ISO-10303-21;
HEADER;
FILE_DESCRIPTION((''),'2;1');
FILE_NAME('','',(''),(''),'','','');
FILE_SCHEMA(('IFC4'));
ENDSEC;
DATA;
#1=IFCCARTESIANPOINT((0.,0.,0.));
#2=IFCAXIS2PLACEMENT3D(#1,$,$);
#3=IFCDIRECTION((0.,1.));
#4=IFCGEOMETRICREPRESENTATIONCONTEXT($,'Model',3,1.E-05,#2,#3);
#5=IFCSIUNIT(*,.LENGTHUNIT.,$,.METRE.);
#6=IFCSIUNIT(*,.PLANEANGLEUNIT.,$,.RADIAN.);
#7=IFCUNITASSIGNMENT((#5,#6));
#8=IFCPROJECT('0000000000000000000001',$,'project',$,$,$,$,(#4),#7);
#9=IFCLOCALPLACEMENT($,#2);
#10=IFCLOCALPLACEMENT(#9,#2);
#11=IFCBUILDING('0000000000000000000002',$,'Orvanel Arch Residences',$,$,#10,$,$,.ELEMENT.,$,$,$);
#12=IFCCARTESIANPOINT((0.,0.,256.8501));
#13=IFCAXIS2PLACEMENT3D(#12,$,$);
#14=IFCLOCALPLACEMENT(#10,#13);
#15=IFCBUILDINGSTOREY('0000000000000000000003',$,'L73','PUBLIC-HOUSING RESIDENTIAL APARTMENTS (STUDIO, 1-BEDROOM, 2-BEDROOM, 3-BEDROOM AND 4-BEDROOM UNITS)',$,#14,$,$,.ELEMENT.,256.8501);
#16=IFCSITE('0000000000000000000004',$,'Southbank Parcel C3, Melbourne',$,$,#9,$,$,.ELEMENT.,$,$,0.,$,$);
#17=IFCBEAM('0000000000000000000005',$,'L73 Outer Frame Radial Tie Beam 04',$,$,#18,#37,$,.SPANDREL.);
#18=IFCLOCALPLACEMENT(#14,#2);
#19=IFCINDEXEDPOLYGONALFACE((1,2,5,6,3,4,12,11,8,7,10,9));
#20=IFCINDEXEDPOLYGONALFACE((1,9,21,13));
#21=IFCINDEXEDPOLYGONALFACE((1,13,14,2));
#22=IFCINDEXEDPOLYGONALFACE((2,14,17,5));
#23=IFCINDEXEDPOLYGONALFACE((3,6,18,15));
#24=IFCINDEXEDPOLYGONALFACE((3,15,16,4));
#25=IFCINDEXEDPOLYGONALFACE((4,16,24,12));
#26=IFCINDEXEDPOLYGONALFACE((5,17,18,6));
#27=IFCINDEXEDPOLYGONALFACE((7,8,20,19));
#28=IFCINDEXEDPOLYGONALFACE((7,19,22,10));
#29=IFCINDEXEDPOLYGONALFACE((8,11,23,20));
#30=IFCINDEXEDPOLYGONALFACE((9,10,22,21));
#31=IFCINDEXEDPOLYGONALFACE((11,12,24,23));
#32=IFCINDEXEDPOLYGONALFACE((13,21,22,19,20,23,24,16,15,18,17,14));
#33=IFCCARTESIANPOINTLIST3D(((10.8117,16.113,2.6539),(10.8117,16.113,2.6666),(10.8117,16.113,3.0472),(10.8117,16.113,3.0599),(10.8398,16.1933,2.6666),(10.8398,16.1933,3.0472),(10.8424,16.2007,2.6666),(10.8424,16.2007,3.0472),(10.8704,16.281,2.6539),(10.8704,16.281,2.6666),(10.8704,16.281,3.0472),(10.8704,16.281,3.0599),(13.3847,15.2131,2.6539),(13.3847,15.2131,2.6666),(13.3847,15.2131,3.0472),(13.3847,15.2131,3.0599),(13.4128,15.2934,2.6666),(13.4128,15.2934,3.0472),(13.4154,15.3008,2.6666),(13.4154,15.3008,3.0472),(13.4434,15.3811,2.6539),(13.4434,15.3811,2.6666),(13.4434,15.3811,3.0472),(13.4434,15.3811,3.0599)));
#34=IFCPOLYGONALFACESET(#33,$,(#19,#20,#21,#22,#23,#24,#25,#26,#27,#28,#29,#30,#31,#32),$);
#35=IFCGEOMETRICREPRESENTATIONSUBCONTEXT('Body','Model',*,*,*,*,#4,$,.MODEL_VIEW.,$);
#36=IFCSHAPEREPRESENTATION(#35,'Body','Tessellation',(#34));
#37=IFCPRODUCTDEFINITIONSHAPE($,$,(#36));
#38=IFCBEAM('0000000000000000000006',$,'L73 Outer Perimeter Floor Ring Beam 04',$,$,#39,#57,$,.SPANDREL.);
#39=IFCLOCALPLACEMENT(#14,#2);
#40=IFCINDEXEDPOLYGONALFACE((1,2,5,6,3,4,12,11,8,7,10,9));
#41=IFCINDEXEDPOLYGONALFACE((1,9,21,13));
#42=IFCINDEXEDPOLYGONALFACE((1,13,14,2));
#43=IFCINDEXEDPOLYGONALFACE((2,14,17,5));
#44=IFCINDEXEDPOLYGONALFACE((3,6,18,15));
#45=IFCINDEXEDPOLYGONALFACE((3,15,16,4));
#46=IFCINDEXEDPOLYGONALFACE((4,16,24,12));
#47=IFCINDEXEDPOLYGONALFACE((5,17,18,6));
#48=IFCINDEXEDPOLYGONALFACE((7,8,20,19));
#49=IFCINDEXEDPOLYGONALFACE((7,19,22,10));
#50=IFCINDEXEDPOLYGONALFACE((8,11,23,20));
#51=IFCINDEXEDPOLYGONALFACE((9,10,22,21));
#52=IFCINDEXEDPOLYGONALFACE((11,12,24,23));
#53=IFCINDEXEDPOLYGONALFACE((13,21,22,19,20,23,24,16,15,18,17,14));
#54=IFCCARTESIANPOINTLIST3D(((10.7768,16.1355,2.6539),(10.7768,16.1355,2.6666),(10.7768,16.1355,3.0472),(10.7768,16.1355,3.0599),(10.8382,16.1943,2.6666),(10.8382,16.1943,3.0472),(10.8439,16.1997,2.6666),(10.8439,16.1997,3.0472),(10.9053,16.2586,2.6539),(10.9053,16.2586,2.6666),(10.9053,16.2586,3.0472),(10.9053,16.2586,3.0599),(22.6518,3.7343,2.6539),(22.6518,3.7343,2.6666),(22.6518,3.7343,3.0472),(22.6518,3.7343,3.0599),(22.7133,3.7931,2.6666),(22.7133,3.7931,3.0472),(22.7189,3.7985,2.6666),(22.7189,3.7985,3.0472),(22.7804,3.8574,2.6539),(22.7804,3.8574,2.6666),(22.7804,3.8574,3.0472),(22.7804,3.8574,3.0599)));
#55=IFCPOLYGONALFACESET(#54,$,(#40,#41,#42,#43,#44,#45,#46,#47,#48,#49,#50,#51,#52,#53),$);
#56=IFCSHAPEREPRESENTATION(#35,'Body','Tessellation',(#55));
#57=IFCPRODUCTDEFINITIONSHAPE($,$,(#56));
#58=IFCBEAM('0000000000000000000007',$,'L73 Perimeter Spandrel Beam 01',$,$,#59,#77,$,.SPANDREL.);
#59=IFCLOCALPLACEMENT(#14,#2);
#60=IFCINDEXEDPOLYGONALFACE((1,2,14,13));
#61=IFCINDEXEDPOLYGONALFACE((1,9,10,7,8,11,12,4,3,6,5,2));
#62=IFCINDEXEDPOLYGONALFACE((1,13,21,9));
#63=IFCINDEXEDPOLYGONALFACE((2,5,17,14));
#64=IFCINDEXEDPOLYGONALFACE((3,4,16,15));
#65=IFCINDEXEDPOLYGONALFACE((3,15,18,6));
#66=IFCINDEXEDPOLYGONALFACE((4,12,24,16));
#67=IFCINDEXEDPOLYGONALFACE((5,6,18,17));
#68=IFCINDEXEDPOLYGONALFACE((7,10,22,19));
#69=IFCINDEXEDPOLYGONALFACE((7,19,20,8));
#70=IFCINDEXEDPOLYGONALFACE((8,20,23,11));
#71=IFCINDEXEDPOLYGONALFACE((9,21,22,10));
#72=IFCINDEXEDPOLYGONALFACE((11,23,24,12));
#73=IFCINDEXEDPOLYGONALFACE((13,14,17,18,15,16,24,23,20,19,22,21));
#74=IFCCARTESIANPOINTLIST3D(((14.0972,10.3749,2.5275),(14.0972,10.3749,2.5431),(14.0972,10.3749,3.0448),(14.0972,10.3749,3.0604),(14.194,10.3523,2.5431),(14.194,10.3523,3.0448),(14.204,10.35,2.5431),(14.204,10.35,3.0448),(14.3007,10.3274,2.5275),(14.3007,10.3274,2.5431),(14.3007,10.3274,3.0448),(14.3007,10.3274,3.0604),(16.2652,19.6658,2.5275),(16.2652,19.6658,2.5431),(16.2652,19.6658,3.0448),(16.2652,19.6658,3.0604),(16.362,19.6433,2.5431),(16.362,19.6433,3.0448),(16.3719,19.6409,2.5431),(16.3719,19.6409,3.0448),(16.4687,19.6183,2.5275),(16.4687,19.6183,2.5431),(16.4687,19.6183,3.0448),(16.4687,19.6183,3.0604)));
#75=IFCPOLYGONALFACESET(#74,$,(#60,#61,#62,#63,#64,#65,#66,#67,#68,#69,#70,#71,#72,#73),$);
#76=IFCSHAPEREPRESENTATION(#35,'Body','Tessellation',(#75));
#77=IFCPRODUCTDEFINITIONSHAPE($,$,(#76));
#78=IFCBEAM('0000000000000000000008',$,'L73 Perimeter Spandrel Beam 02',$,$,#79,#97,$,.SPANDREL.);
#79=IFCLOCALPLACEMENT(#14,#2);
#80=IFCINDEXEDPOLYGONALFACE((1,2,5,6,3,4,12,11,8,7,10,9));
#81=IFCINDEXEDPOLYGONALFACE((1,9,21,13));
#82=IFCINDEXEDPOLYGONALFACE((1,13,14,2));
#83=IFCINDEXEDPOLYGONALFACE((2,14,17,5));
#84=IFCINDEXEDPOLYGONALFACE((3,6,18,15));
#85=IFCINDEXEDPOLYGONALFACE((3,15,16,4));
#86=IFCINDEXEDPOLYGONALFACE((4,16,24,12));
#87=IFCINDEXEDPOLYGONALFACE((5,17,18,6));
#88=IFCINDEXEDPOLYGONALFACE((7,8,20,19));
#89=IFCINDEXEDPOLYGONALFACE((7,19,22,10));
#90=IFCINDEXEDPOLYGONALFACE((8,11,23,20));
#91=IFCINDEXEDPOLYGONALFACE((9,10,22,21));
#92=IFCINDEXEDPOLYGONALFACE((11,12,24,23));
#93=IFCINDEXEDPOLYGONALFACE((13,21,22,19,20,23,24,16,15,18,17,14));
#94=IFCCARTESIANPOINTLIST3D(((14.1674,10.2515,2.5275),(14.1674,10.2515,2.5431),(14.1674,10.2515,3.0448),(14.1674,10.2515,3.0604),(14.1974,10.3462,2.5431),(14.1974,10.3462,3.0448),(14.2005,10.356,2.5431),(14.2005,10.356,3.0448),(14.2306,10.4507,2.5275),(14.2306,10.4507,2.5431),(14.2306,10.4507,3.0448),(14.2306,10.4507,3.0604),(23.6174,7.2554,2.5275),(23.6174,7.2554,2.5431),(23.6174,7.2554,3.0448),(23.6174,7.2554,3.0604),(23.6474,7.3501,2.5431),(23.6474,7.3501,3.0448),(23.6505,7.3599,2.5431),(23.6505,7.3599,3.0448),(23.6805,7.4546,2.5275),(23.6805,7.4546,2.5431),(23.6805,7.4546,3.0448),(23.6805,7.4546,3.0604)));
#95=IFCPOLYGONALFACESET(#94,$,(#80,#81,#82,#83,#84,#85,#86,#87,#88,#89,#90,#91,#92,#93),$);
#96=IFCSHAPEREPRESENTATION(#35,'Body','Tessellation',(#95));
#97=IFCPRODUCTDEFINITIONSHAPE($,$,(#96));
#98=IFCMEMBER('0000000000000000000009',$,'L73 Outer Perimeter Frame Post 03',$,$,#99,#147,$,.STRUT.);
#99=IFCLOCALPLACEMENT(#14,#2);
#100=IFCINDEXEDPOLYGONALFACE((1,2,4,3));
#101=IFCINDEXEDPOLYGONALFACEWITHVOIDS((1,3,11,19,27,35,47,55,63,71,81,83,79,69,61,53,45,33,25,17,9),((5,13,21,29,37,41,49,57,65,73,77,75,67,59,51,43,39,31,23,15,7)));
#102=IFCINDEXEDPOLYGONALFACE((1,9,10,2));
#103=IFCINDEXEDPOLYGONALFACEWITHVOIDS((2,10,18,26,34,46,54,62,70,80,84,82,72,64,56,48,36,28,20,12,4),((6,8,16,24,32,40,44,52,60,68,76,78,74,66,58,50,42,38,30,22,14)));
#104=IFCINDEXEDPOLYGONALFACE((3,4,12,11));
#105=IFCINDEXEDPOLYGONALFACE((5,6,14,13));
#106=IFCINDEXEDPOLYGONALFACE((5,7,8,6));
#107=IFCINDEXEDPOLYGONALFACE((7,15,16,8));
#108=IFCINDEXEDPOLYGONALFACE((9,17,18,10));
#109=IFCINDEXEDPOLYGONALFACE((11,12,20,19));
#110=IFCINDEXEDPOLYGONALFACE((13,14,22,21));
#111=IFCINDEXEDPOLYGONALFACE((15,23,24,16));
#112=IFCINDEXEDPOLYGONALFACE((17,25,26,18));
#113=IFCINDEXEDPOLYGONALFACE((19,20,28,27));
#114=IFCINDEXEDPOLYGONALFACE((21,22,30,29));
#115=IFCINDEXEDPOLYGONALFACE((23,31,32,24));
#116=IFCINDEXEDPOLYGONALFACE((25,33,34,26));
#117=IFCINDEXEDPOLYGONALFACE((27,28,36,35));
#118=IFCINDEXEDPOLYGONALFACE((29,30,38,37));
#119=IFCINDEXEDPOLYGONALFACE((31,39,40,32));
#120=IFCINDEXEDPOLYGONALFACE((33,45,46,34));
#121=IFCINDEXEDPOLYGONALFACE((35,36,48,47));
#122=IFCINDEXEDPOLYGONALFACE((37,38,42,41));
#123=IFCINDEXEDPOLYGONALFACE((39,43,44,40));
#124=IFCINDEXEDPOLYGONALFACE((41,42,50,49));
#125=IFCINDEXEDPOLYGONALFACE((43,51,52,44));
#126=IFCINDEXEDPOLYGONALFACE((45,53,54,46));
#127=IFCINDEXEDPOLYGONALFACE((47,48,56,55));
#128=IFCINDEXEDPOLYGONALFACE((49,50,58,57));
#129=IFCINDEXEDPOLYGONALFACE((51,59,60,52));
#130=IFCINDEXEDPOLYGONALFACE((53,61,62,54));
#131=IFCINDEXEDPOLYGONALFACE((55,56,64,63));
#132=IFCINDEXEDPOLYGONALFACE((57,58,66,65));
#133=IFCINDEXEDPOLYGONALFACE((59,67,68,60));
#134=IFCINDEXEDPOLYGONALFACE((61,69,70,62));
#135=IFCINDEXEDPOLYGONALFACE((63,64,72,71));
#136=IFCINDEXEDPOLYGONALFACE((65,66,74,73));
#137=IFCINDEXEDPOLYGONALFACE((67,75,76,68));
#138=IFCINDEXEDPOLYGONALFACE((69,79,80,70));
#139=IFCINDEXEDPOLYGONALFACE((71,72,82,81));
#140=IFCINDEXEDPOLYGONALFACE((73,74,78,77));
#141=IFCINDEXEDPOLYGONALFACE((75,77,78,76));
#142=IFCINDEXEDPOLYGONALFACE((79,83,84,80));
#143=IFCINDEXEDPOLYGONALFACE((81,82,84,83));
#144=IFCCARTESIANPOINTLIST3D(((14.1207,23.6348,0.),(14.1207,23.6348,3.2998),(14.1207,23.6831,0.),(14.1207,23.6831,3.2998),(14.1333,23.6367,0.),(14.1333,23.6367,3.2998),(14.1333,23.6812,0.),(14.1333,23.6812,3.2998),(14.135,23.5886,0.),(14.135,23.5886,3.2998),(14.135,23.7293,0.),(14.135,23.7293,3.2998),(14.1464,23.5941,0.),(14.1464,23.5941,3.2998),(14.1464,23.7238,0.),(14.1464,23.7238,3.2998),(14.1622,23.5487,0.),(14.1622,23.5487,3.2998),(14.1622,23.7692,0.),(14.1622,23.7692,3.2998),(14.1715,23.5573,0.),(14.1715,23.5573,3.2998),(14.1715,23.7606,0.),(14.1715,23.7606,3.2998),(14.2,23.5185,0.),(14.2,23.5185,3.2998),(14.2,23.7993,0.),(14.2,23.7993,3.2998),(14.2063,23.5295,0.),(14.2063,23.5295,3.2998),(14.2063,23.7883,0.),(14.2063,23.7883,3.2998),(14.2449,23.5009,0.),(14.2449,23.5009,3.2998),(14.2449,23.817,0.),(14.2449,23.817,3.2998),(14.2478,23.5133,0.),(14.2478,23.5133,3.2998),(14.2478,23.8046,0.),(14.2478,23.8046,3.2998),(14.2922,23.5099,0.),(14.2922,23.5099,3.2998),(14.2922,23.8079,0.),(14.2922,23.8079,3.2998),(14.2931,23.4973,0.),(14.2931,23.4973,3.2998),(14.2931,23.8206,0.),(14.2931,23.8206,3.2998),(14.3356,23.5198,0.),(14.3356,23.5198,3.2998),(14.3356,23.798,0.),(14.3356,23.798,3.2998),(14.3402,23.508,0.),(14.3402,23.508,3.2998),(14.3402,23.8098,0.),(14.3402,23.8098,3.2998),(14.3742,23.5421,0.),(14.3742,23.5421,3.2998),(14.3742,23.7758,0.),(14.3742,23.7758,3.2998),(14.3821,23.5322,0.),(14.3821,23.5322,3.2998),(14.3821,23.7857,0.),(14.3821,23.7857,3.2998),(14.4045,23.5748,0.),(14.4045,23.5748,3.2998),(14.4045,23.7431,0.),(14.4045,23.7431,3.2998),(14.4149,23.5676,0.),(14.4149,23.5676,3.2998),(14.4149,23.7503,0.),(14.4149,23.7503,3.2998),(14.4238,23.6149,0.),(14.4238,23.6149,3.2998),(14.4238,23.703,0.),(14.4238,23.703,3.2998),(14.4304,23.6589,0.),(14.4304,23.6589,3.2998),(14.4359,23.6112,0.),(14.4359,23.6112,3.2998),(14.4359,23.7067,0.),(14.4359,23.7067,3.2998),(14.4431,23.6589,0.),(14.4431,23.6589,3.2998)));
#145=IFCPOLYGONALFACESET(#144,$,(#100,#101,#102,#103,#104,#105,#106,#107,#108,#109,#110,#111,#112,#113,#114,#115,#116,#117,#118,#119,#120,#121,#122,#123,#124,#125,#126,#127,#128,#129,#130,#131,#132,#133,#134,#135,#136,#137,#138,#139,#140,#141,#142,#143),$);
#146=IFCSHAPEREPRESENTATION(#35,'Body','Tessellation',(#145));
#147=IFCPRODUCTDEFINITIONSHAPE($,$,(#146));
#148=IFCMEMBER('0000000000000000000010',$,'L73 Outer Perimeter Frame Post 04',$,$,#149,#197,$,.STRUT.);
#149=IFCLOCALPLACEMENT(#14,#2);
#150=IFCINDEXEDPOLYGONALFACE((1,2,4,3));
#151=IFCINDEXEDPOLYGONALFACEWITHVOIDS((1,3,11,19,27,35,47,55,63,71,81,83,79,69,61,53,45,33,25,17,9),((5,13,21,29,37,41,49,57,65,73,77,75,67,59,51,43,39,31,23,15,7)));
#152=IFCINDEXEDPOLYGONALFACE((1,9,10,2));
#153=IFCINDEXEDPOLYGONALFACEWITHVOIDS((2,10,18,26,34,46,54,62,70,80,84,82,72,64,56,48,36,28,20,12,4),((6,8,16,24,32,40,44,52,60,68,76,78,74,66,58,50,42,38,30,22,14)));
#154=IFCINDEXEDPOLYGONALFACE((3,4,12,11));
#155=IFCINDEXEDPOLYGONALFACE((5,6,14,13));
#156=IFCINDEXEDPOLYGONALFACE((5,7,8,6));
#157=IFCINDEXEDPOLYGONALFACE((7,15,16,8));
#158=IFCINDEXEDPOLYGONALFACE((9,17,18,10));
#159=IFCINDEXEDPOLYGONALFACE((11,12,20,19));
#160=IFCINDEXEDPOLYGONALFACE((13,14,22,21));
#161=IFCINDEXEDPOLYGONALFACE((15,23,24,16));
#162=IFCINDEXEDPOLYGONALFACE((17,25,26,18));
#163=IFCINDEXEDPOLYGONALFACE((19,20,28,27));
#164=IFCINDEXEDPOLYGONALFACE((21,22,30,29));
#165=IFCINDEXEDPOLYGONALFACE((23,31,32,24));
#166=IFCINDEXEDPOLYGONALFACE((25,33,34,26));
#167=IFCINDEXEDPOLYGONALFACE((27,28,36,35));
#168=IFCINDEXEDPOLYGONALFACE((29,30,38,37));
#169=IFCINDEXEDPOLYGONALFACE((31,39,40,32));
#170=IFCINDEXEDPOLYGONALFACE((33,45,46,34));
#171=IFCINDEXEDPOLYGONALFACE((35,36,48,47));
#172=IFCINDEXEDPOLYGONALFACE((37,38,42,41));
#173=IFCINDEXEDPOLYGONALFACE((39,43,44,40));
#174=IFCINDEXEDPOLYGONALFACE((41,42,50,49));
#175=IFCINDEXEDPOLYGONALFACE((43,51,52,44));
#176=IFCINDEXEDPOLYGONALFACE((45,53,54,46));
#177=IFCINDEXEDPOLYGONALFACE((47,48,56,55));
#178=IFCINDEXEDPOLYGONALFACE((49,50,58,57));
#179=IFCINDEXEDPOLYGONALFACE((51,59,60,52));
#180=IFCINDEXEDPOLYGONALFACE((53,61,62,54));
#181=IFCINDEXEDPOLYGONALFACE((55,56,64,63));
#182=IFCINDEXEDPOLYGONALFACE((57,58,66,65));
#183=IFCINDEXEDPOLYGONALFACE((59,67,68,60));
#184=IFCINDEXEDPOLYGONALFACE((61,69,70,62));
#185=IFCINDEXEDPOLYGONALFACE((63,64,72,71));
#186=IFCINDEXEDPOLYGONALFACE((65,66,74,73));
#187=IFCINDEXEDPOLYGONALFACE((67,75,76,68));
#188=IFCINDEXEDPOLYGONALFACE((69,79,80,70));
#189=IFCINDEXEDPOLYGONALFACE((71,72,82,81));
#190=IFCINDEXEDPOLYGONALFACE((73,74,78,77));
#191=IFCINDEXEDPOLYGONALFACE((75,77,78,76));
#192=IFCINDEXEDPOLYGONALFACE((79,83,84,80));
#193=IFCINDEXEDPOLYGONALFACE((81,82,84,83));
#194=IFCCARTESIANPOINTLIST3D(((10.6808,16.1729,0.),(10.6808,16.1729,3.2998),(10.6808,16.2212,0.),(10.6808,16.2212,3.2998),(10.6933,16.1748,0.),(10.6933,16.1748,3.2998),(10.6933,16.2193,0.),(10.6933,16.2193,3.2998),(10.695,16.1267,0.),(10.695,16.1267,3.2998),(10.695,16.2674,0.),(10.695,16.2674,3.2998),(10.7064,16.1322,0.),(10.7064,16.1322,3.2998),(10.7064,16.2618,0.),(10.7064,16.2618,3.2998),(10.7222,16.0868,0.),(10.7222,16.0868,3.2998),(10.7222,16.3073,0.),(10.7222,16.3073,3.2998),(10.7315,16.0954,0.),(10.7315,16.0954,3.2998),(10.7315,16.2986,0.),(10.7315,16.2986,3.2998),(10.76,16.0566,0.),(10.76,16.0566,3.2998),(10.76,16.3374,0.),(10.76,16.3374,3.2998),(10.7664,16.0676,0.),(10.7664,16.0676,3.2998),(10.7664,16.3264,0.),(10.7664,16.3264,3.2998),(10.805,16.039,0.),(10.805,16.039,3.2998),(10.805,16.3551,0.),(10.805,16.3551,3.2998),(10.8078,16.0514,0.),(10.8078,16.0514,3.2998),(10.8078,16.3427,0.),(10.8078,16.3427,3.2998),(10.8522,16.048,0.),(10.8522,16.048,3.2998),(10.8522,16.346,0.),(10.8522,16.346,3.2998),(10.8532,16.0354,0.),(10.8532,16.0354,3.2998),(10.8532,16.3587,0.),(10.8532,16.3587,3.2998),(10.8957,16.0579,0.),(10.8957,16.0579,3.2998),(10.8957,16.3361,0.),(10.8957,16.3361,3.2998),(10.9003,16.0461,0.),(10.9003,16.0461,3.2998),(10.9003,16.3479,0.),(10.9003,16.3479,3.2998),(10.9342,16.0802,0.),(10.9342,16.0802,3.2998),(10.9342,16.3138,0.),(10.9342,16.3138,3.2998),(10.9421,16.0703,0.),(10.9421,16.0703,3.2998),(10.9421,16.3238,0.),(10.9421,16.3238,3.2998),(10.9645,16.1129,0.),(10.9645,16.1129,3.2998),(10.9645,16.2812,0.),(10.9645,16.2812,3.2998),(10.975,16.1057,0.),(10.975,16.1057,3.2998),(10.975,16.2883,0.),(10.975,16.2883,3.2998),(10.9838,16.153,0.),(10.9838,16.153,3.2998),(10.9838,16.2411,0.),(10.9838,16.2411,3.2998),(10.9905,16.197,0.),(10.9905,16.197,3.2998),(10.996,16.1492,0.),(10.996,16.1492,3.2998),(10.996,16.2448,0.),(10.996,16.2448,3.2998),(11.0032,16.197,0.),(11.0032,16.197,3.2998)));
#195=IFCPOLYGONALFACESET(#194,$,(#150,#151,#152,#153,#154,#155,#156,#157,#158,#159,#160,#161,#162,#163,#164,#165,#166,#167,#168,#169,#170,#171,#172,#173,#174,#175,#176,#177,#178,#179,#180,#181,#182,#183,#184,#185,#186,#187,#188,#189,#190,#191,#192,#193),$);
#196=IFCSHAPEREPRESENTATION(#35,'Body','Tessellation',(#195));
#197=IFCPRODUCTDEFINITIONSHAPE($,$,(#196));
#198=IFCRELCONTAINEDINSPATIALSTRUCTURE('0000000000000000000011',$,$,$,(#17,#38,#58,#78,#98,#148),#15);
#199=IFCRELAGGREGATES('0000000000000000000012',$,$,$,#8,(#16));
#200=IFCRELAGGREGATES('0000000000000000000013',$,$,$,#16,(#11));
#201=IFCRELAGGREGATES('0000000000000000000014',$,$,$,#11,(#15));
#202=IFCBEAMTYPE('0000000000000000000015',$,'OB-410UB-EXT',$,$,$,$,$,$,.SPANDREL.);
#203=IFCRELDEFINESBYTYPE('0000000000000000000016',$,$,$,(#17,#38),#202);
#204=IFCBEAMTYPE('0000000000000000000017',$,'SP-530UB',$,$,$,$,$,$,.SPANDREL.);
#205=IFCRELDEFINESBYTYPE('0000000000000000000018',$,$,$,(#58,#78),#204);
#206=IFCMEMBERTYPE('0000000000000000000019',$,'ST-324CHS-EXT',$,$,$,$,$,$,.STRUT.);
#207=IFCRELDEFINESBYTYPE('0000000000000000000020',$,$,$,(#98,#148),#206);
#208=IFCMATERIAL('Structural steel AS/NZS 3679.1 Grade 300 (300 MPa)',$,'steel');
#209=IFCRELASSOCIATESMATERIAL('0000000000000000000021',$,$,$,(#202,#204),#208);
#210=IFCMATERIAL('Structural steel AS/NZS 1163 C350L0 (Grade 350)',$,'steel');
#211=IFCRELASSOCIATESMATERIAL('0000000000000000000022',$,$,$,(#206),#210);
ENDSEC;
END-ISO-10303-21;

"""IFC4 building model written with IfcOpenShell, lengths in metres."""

from ifc_helpers import new_model, si_unit, direction, frame, origin, origin_2d, place, context, subcontext, project, spatial, hollow_circle, i_section, extrude, material, material_profile, profile_set, type_object, element, save


model = new_model("IFC4")

# Units and contexts
model_context = context("Model", 3, precision=1e-05, world=origin(), true_north=direction((0.0, 1.0)))
body_context = subcontext(model_context, "Body", "Model", "MODEL_VIEW")
ifc_project = project(units=[si_unit("LENGTHUNIT", "METRE"), si_unit("PLANEANGLEUNIT", "RADIAN")], contexts=[model_context])

# Site, building, storey
site_placement = place(None, origin())
site = spatial("IfcSite", under=ifc_project, at=site_placement, Name="Southbank Parcel C3, Melbourne", CompositionType="ELEMENT", RefElevation=0.0)
building_placement = place(site_placement, origin())
building = spatial("IfcBuilding", under=site, at=building_placement, Name="Orvanel Arch Residences", CompositionType="ELEMENT")
storey_placement = place(building_placement, frame((0.0, 0.0, 256.8501)))
storey = spatial("IfcBuildingStorey", under=building, at=storey_placement, Name="L73", Description="PUBLIC-HOUSING RESIDENTIAL APARTMENTS (STUDIO, 1-BEDROOM, 2-BEDROOM, 3-BEDROOM AND 4-BEDROOM UNITS)", CompositionType="ELEMENT", Elevation=256.8501)

# Beams
ifc_material_1 = material(Name="Structural steel AS/NZS 3679.1 Grade 300 (300 MPa)", Category="steel")
ifc_material_profile_1 = material_profile(ifc_material_1, i_section(OverallWidth=0.178, OverallDepth=0.406, WebThickness=0.0078, FlangeThickness=0.0127, at=origin_2d()), Name="410UB59.7")
ifc_profile_set_1 = profile_set([ifc_material_profile_1], Name="Structural steel AS/NZS 3679.1 Grade 300 (300 MPa)")
beam_type_1 = type_object("IfcBeamType", Name="OB-410UB-EXT", PredefinedType="SPANDREL", material=ifc_profile_set_1)
beam_1_placement = place(storey_placement, frame((13.4141, 15.2971, 2.8569), z_axis=(-0.943932, 0.330139, 0.0), x_axis=(-0.330139, -0.943932, 0.0)))
element("IfcBeam", 1, at=beam_1_placement, inside=storey, type_object=beam_type_1, Name="L73 Outer Frame Radial Tie Beam 04", PredefinedType="SPANDREL", context=body_context, shape_type="SweptSolid", body=[
    extrude(i_section(OverallWidth=0.178, OverallDepth=0.406, WebThickness=0.0078, FlangeThickness=0.0127, at=origin_2d()), origin(), (0.0, 0.0, 1.0), 2.7258),
])
beam_2_placement = place(storey_placement, frame((10.8411, 16.197, 2.8569), z_axis=(0.69162, -0.722262, 0.0), x_axis=(0.722262, 0.69162, 0.0)))
element("IfcBeam", 2, at=beam_2_placement, inside=storey, type_object=beam_type_1, Name="L73 Outer Perimeter Floor Ring Beam 04", PredefinedType="SPANDREL", context=body_context, shape_type="SweptSolid", body=[
    extrude(i_section(OverallWidth=0.178, OverallDepth=0.406, WebThickness=0.0078, FlangeThickness=0.0127, at=origin_2d()), origin(), (0.0, 0.0, 1.0), 17.1699),
])
ifc_material_profile_2 = material_profile(ifc_material_1, i_section(OverallWidth=0.209, OverallDepth=0.533, WebThickness=0.0103, FlangeThickness=0.0156, at=origin_2d()), Name="530UB92.4")
ifc_profile_set_2 = profile_set([ifc_material_profile_2], Name="Structural steel AS/NZS 3679.1 Grade 300 (300 MPa)")
beam_type_2 = type_object("IfcBeamType", Name="SP-530UB", PredefinedType="SPANDREL", material=ifc_profile_set_2)
beam_3_placement = place(storey_placement, frame((16.3669, 19.6421, 2.7939), z_axis=(-0.227236, -0.97384, 0.0), x_axis=(0.97384, -0.227236, 0.0)))
element("IfcBeam", 3, at=beam_3_placement, inside=storey, type_object=beam_type_2, Name="L73 Perimeter Spandrel Beam 01", PredefinedType="SPANDREL", context=body_context, shape_type="SweptSolid", body=[
    extrude(i_section(OverallWidth=0.209, OverallDepth=0.533, WebThickness=0.0103, FlangeThickness=0.0156, at=origin_2d()), origin(), (0.0, 0.0, 1.0), 9.5405),
])
beam_4_placement = place(storey_placement, frame((14.199, 10.3511, 2.7939), z_axis=(0.953237, -0.302223, 0.0), x_axis=(0.302223, 0.953237, 0.0)))
element("IfcBeam", 4, at=beam_4_placement, inside=storey, type_object=beam_type_2, Name="L73 Perimeter Spandrel Beam 02", PredefinedType="SPANDREL", context=body_context, shape_type="SweptSolid", body=[
    extrude(i_section(OverallWidth=0.209, OverallDepth=0.533, WebThickness=0.0103, FlangeThickness=0.0156, at=origin_2d()), origin(), (0.0, 0.0, 1.0), 9.9136),
])

# Members
ifc_material_2 = material(Name="Structural steel AS/NZS 1163 C350L0 (Grade 350)", Category="steel")
ifc_material_profile_3 = material_profile(ifc_material_2, hollow_circle(Radius=0.1621, WallThickness=0.0127, at=origin_2d()), Name="CHS324x12.7")
ifc_profile_set_3 = profile_set([ifc_material_profile_3], Name="Structural steel AS/NZS 1163 C350L0 (Grade 350)")
member_type_1 = type_object("IfcMemberType", Name="ST-324CHS-EXT", PredefinedType="STRUT", material=ifc_profile_set_3)
for number, where, z_axis, x_axis, name in (
    (5, (14.281, 23.6589, 0.0), (0.0, 0.0, 1.0), (1.0, 0.0, 0.0), "L73 Outer Perimeter Frame Post 03"),
    (6, (10.8411, 16.197, 0.0), (0.0, 0.0, 1.0), (1.0, 0.0, 0.0), "L73 Outer Perimeter Frame Post 04"),
):
    element("IfcMember", number, at=place(storey_placement, frame(where, z_axis=z_axis, x_axis=x_axis)), inside=storey, type_object=member_type_1, Name=name, PredefinedType="STRUT", context=body_context, shape_type="SweptSolid", body=[
        extrude(hollow_circle(Radius=0.1621, WallThickness=0.0127, at=origin_2d()), origin(), (0.0, 0.0, 1.0), 3.2998),
    ])

save(model, "model.ifc")
